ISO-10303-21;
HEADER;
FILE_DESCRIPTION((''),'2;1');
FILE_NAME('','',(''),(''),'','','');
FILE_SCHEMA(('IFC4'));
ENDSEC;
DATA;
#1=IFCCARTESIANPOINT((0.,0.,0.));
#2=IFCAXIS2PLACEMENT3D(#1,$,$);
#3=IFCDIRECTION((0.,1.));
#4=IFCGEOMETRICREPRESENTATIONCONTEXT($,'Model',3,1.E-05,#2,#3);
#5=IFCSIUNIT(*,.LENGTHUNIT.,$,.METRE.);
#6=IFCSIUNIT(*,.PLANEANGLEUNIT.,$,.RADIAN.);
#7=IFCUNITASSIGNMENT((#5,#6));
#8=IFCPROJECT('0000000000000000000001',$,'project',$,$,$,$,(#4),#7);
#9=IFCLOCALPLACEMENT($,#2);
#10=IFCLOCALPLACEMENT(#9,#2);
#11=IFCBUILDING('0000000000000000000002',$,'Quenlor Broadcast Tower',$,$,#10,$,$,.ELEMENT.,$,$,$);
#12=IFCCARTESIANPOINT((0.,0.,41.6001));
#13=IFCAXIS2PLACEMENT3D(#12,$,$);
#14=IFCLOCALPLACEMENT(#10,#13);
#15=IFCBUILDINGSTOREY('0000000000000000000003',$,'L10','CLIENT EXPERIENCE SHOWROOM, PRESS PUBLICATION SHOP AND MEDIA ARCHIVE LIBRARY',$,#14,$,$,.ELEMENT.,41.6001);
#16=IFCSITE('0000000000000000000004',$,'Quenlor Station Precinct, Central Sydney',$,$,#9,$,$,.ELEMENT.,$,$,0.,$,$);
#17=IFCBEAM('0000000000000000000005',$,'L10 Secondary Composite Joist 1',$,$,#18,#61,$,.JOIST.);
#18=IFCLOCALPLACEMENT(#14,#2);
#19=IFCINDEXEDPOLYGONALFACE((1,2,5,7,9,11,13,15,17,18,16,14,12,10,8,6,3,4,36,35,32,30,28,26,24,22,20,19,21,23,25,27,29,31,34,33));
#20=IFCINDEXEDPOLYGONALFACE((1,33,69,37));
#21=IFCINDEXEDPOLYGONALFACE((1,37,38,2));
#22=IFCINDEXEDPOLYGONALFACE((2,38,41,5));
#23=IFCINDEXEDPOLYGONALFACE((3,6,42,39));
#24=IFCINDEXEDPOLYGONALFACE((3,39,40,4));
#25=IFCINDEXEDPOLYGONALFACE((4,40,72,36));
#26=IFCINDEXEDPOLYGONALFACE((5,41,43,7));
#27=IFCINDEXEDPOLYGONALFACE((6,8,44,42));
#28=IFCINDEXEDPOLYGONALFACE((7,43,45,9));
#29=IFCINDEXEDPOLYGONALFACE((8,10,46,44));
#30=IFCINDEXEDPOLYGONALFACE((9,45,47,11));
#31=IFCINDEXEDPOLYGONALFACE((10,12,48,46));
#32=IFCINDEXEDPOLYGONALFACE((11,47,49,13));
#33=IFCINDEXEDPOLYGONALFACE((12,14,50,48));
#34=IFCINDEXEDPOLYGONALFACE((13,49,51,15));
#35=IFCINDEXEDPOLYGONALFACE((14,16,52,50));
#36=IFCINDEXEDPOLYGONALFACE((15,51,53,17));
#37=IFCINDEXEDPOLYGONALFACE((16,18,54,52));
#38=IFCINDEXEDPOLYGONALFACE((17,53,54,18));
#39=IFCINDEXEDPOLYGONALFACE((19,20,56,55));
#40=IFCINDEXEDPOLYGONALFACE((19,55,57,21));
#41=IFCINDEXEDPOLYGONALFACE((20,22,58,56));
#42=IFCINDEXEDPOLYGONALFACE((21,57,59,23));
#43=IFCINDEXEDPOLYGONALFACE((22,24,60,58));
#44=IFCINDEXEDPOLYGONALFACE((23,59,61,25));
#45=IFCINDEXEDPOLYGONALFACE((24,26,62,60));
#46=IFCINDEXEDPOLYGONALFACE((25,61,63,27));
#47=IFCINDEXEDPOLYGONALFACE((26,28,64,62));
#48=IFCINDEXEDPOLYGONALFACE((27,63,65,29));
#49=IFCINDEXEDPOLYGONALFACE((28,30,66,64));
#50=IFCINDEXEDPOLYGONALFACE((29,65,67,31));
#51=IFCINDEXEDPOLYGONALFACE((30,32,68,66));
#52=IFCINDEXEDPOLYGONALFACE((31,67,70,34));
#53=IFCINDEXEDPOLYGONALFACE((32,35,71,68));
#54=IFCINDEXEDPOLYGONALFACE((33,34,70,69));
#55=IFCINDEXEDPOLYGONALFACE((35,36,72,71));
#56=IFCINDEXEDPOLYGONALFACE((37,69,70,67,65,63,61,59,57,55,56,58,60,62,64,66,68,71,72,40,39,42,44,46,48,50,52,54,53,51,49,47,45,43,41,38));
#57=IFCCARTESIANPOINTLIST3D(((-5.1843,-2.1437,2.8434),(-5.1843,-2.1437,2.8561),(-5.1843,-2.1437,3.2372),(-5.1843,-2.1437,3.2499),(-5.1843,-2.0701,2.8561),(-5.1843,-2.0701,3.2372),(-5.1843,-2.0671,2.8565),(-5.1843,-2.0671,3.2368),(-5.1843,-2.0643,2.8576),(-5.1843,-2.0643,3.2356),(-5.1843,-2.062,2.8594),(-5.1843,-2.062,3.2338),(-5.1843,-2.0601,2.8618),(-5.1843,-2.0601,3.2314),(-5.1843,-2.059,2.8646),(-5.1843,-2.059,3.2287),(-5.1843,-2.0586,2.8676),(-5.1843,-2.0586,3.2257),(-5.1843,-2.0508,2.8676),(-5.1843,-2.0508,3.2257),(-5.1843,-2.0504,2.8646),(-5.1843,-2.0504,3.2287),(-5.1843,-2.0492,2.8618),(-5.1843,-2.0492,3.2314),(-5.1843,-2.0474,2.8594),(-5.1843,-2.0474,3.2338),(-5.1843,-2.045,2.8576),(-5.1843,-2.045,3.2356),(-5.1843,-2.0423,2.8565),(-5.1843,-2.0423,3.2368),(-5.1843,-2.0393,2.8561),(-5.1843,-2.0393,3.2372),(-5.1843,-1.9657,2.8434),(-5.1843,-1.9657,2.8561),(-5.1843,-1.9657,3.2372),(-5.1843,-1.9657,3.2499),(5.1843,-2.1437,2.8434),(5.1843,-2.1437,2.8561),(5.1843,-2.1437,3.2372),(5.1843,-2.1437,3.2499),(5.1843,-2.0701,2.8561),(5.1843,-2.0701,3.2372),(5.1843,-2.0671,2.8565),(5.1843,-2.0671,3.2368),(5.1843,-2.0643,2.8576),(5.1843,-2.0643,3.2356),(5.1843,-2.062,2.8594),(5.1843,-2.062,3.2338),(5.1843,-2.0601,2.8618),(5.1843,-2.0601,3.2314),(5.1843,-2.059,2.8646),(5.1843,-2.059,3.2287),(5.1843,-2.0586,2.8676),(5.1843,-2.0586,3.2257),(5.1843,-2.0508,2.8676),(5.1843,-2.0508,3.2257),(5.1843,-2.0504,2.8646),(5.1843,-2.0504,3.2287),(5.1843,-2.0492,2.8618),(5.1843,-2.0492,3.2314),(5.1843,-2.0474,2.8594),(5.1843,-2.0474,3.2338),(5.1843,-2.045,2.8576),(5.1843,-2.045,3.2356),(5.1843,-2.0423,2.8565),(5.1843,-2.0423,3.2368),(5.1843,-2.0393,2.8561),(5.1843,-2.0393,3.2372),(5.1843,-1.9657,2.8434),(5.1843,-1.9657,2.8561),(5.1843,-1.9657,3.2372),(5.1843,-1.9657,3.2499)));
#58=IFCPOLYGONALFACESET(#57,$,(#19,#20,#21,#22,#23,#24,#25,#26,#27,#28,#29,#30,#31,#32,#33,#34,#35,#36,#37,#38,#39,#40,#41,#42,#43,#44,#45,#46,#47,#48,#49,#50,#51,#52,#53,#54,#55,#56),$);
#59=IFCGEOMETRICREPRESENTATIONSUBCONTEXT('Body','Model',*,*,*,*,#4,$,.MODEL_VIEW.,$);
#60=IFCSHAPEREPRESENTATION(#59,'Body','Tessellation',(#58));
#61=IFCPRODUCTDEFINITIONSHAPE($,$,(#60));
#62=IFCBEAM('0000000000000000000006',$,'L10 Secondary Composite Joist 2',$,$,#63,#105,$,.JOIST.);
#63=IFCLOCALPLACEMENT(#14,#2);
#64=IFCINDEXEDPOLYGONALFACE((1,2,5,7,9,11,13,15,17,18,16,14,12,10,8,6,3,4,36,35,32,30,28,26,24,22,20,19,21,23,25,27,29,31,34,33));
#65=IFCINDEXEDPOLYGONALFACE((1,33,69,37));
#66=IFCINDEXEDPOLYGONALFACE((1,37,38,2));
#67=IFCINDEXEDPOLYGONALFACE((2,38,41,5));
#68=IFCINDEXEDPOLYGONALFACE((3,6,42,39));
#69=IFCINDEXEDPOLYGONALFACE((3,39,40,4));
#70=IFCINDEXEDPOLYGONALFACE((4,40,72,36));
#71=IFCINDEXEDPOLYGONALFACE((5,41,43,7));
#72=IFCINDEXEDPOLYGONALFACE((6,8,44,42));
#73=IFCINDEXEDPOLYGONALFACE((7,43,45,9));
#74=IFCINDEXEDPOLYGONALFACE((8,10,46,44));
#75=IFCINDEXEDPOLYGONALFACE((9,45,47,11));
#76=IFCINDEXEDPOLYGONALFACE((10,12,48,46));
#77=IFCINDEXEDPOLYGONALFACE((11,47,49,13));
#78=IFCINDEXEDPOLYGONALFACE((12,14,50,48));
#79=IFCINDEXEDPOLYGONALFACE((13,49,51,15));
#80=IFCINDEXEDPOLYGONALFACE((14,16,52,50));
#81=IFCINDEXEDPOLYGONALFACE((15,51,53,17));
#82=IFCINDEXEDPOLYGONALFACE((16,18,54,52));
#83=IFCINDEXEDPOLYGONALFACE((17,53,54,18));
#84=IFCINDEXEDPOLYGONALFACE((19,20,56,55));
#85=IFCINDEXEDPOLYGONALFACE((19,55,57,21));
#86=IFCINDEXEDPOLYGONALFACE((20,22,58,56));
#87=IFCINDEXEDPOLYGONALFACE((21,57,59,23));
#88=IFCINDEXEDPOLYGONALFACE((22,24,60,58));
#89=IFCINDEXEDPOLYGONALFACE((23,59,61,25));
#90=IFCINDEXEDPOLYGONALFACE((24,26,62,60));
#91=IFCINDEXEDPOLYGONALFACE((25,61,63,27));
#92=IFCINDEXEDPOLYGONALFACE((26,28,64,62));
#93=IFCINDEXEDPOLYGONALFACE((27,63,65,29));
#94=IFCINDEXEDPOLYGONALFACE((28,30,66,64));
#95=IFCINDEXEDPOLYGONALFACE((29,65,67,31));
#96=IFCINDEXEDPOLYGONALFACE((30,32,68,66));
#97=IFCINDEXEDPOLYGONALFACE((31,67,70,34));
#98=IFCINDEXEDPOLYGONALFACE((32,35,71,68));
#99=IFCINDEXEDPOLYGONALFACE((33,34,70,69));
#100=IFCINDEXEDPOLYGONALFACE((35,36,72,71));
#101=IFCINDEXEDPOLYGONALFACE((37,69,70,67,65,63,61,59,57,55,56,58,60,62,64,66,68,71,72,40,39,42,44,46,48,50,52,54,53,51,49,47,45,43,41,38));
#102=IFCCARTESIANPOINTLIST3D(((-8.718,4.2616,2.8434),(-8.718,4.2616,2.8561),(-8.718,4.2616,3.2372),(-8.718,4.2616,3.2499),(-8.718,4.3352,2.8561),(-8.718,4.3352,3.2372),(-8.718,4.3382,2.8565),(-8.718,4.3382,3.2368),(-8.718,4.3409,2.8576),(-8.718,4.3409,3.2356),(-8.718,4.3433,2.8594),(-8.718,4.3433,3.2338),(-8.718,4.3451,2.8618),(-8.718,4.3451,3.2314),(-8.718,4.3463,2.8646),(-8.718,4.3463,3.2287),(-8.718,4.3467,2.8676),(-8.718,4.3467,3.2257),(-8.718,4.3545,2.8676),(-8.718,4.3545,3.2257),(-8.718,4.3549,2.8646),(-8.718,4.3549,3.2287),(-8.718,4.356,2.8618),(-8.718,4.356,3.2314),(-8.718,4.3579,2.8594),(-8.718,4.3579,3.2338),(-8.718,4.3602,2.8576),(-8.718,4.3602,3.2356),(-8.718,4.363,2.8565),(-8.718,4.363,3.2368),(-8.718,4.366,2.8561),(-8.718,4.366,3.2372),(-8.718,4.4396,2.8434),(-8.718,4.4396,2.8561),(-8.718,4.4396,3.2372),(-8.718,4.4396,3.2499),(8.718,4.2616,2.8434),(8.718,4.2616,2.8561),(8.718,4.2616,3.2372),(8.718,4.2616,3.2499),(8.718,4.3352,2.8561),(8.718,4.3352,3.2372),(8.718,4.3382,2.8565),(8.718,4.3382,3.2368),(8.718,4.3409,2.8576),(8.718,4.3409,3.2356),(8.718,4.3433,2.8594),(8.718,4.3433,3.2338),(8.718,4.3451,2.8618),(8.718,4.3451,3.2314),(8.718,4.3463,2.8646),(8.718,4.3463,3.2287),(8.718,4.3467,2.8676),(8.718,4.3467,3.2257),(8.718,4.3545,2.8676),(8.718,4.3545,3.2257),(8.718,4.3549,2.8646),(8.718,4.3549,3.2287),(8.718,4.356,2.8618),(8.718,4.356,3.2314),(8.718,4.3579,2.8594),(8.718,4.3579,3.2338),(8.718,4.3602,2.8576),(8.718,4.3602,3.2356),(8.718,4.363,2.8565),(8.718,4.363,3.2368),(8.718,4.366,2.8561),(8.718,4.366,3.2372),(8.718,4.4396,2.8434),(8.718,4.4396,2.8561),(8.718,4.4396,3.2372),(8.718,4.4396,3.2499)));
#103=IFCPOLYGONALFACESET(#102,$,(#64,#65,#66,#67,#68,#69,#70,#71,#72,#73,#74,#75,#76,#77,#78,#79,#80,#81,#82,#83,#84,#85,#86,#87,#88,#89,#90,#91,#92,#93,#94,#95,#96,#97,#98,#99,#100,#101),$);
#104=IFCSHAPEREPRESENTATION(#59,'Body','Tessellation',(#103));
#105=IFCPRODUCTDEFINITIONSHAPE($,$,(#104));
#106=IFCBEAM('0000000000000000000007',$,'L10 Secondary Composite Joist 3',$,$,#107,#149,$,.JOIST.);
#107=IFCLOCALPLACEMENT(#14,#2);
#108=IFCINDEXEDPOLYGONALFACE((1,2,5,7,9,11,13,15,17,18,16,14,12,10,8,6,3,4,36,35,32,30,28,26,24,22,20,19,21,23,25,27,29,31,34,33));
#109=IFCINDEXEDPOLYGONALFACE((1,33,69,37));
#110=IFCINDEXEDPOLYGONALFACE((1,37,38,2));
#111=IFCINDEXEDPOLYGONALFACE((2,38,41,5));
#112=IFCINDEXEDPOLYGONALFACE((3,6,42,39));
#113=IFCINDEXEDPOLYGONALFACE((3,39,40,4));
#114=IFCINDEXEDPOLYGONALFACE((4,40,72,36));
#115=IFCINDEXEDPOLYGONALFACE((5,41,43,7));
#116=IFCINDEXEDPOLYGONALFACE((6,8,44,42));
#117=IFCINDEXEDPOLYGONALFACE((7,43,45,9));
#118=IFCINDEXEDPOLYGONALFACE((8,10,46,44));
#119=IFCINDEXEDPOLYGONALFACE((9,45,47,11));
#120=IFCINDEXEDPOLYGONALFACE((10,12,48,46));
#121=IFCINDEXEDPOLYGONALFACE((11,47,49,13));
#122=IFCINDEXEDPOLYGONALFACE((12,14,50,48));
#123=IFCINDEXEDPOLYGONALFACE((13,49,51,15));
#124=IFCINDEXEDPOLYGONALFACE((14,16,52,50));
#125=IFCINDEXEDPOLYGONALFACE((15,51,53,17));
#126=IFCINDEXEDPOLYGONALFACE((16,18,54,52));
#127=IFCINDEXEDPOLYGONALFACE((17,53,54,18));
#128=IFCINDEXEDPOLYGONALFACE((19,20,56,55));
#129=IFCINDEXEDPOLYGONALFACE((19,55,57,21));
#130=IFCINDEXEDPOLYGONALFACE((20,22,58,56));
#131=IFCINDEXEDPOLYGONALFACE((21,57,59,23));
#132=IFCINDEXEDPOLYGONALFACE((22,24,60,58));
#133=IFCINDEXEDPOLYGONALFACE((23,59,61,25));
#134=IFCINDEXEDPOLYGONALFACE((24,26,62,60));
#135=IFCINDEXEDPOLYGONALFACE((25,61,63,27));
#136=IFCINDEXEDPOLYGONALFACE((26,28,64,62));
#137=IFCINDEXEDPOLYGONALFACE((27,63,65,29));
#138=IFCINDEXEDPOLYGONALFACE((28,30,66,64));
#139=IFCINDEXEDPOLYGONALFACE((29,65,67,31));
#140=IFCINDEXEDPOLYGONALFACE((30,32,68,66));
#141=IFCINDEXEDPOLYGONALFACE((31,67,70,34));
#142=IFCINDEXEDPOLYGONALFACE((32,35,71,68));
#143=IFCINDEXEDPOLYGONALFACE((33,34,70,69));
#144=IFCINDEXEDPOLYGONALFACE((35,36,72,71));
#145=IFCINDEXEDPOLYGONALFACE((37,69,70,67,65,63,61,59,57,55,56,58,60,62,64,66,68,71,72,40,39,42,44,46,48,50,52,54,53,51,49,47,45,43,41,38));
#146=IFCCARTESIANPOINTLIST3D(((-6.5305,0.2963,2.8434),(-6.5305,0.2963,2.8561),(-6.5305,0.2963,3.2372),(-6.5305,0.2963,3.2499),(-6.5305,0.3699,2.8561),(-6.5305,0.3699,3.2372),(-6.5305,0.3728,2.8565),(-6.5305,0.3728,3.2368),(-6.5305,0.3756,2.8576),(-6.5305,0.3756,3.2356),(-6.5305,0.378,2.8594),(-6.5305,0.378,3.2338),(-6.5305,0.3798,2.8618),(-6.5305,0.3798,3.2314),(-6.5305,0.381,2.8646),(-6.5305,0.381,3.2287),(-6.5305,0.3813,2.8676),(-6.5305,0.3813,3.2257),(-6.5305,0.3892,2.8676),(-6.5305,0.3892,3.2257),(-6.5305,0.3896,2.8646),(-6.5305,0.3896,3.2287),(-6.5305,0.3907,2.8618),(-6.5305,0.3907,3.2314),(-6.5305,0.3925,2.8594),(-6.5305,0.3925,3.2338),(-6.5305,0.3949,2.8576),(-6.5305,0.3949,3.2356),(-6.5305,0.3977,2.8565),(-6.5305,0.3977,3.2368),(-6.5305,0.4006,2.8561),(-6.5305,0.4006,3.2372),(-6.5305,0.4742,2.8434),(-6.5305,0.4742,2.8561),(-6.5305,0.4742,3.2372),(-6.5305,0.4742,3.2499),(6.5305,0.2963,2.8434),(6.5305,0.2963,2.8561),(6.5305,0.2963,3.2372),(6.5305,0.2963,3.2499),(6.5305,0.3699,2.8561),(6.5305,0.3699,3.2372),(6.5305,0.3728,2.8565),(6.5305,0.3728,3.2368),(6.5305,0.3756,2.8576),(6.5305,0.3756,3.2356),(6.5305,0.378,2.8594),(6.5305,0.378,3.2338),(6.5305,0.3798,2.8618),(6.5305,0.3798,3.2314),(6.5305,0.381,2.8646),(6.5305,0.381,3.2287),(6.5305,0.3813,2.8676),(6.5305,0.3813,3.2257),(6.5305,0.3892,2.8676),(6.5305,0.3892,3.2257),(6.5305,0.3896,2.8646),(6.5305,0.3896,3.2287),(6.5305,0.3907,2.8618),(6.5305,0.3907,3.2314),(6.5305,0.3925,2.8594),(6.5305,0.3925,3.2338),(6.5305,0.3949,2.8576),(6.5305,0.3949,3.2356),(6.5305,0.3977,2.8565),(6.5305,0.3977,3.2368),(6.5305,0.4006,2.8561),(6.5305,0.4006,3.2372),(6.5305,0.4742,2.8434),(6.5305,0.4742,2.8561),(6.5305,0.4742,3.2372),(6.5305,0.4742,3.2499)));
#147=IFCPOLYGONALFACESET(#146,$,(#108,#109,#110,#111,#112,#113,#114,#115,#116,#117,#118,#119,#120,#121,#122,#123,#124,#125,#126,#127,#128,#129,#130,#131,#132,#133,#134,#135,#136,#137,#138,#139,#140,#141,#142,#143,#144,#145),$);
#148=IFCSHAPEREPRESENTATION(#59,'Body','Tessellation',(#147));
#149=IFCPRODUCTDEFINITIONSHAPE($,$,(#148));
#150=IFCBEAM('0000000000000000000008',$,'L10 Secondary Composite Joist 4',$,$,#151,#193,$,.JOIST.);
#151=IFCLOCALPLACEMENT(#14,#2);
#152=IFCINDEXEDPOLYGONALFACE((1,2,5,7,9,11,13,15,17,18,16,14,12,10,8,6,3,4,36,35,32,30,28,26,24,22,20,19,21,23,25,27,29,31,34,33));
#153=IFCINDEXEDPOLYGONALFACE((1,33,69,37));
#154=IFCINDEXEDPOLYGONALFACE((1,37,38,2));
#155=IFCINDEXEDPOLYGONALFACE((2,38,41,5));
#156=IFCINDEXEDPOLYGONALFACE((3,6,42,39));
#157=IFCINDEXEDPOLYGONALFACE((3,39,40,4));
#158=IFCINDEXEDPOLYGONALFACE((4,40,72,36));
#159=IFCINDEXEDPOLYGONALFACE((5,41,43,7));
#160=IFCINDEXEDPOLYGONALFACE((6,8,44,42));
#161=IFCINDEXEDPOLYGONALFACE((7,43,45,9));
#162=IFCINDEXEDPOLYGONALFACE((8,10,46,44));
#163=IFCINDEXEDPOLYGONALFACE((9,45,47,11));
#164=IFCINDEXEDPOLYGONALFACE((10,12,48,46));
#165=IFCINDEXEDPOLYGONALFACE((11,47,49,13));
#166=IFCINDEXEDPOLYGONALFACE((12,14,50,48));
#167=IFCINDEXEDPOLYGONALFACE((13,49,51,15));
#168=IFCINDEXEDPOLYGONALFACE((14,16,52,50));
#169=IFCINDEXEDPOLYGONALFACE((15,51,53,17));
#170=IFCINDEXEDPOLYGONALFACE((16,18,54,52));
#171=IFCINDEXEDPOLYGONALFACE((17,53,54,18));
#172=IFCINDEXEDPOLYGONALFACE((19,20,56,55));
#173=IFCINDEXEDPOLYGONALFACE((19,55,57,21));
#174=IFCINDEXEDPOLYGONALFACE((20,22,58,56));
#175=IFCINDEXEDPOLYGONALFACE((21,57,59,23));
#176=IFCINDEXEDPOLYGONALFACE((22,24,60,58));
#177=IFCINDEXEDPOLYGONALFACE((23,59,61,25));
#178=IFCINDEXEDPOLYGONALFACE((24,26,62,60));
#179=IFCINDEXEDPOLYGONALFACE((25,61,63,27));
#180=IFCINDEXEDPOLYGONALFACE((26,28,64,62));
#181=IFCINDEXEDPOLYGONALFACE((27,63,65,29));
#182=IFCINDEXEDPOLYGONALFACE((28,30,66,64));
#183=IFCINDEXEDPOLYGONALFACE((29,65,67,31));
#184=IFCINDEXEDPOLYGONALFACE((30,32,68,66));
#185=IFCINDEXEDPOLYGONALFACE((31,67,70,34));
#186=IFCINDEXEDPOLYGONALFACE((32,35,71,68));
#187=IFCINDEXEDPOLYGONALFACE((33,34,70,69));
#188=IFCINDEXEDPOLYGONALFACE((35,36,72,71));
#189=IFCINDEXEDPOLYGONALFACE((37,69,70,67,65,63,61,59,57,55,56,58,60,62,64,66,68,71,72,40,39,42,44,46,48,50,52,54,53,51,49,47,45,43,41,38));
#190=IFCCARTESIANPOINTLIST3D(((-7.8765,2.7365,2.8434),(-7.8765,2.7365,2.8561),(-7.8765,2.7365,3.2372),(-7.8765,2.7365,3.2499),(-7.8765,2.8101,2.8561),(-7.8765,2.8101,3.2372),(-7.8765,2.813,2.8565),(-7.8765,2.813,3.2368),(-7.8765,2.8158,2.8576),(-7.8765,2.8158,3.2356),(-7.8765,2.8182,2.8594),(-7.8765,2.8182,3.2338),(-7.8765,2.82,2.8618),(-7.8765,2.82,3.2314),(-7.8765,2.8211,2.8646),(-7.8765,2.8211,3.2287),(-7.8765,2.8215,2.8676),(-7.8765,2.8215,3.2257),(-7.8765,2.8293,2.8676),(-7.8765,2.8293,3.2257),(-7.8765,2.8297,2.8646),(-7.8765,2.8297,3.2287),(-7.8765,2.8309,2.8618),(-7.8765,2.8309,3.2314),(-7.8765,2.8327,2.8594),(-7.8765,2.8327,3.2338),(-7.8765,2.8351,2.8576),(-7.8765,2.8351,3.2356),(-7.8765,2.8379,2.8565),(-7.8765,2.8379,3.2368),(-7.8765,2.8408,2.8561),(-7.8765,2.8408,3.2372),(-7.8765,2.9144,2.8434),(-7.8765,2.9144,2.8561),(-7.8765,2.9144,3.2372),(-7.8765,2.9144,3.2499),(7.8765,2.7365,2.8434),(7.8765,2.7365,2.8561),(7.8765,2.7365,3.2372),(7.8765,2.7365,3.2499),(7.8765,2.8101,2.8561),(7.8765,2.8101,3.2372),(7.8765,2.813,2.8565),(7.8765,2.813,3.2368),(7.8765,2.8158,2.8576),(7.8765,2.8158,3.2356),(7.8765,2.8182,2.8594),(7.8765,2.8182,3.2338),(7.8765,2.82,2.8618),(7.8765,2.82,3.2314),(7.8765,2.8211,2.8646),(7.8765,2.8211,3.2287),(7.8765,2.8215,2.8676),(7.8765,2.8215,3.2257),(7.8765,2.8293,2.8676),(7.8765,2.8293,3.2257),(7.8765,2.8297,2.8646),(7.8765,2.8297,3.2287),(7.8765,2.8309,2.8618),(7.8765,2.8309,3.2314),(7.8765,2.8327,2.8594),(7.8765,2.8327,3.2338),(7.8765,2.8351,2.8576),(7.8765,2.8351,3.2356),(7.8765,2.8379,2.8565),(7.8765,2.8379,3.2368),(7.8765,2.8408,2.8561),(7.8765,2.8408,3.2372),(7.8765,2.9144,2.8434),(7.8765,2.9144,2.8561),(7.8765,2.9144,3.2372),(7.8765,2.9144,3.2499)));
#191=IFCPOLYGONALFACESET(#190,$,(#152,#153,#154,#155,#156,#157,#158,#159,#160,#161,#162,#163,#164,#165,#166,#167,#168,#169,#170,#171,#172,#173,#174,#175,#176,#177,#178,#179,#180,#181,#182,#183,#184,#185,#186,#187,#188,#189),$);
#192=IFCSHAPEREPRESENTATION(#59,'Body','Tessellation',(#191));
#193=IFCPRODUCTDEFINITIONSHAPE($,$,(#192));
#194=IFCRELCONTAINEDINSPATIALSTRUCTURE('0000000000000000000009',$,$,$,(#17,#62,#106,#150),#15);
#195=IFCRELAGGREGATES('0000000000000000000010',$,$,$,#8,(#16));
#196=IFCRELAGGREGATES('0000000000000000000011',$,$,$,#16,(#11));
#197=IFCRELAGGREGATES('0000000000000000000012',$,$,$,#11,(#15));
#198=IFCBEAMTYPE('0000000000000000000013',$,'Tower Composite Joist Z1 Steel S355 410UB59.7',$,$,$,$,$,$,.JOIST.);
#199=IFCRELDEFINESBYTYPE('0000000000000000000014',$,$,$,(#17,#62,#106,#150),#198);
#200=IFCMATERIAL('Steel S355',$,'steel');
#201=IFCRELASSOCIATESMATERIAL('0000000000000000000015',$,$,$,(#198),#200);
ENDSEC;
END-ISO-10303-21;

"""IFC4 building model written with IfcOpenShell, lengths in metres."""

from ifc_helpers import new_model, si_unit, direction, frame, origin, origin_2d, place, context, subcontext, project, spatial, i_section, extrude, material, material_profile, profile_set, type_object, element, save


model = new_model("IFC4")

# Units and contexts
model_context = context("Model", 3, precision=1e-05, world=origin(), true_north=direction((0.0, 1.0)))
body_context = subcontext(model_context, "Body", "Model", "MODEL_VIEW")
ifc_project = project(units=[si_unit("LENGTHUNIT", "METRE"), si_unit("PLANEANGLEUNIT", "RADIAN")], contexts=[model_context])

# Site, building, storey
site_placement = place(None, origin())
site = spatial("IfcSite", under=ifc_project, at=site_placement, Name="Quenlor Station Precinct, Central Sydney", CompositionType="ELEMENT", RefElevation=0.0)
building_placement = place(site_placement, origin())
building = spatial("IfcBuilding", under=site, at=building_placement, Name="Quenlor Broadcast Tower", CompositionType="ELEMENT")
storey_placement = place(building_placement, frame((0.0, 0.0, 41.6001)))
storey = spatial("IfcBuildingStorey", under=building, at=storey_placement, Name="L10", Description="CLIENT EXPERIENCE SHOWROOM, PRESS PUBLICATION SHOP AND MEDIA ARCHIVE LIBRARY", CompositionType="ELEMENT", Elevation=41.6001)

# Beams
ifc_material_1 = material(Name="Steel S355", Category="steel")
ifc_material_profile = material_profile(ifc_material_1, i_section(OverallWidth=0.178, OverallDepth=0.4065, WebThickness=0.0078, FlangeThickness=0.0127, FilletRadius=0.0115, at=origin_2d()))
ifc_profile_set = profile_set([ifc_material_profile], Name="Steel S355 410UB59.7")
beam_type = type_object("IfcBeamType", Name="Tower Composite Joist Z1 Steel S355 410UB59.7", PredefinedType="JOIST", material=ifc_profile_set)
beam_1_placement = place(storey_placement, frame((-5.1843, -2.0547, 3.0466), z_axis=(1.0, 0.0, 0.0), x_axis=(0.0, 1.0, 0.0)))
element("IfcBeam", 1, at=beam_1_placement, inside=storey, type_object=beam_type, Name="L10 Secondary Composite Joist 1", PredefinedType="JOIST", context=body_context, shape_type="SweptSolid", body=[
    extrude(i_section(OverallWidth=0.178, OverallDepth=0.4065, WebThickness=0.0078, FlangeThickness=0.0127, FilletRadius=0.0115, at=origin_2d()), origin(), (0.0, 0.0, 1.0), 10.3687),
])
beam_2_placement = place(storey_placement, frame((-8.718, 4.3506, 3.0466), z_axis=(1.0, 0.0, 0.0), x_axis=(0.0, 1.0, 0.0)))
element("IfcBeam", 2, at=beam_2_placement, inside=storey, type_object=beam_type, Name="L10 Secondary Composite Joist 2", PredefinedType="JOIST", context=body_context, shape_type="SweptSolid", body=[
    extrude(i_section(OverallWidth=0.178, OverallDepth=0.4065, WebThickness=0.0078, FlangeThickness=0.0127, FilletRadius=0.0115, at=origin_2d()), origin(), (0.0, 0.0, 1.0), 17.436),
])
beam_3_placement = place(storey_placement, frame((-6.5305, 0.3853, 3.0466), z_axis=(1.0, 0.0, 0.0), x_axis=(0.0, 1.0, 0.0)))
element("IfcBeam", 3, at=beam_3_placement, inside=storey, type_object=beam_type, Name="L10 Secondary Composite Joist 3", PredefinedType="JOIST", context=body_context, shape_type="SweptSolid", body=[
    extrude(i_section(OverallWidth=0.178, OverallDepth=0.4065, WebThickness=0.0078, FlangeThickness=0.0127, FilletRadius=0.0115, at=origin_2d()), origin(), (0.0, 0.0, 1.0), 13.061),
])
beam_4_placement = place(storey_placement, frame((-7.8765, 2.8254, 3.0466), z_axis=(1.0, 0.0, 0.0), x_axis=(0.0, 1.0, 0.0)))
element("IfcBeam", 4, at=beam_4_placement, inside=storey, type_object=beam_type, Name="L10 Secondary Composite Joist 4", PredefinedType="JOIST", context=body_context, shape_type="SweptSolid", body=[
    extrude(i_section(OverallWidth=0.178, OverallDepth=0.4065, WebThickness=0.0078, FlangeThickness=0.0127, FilletRadius=0.0115, at=origin_2d()), origin(), (0.0, 0.0, 1.0), 15.7529),
])

save(model, "model.ifc")
